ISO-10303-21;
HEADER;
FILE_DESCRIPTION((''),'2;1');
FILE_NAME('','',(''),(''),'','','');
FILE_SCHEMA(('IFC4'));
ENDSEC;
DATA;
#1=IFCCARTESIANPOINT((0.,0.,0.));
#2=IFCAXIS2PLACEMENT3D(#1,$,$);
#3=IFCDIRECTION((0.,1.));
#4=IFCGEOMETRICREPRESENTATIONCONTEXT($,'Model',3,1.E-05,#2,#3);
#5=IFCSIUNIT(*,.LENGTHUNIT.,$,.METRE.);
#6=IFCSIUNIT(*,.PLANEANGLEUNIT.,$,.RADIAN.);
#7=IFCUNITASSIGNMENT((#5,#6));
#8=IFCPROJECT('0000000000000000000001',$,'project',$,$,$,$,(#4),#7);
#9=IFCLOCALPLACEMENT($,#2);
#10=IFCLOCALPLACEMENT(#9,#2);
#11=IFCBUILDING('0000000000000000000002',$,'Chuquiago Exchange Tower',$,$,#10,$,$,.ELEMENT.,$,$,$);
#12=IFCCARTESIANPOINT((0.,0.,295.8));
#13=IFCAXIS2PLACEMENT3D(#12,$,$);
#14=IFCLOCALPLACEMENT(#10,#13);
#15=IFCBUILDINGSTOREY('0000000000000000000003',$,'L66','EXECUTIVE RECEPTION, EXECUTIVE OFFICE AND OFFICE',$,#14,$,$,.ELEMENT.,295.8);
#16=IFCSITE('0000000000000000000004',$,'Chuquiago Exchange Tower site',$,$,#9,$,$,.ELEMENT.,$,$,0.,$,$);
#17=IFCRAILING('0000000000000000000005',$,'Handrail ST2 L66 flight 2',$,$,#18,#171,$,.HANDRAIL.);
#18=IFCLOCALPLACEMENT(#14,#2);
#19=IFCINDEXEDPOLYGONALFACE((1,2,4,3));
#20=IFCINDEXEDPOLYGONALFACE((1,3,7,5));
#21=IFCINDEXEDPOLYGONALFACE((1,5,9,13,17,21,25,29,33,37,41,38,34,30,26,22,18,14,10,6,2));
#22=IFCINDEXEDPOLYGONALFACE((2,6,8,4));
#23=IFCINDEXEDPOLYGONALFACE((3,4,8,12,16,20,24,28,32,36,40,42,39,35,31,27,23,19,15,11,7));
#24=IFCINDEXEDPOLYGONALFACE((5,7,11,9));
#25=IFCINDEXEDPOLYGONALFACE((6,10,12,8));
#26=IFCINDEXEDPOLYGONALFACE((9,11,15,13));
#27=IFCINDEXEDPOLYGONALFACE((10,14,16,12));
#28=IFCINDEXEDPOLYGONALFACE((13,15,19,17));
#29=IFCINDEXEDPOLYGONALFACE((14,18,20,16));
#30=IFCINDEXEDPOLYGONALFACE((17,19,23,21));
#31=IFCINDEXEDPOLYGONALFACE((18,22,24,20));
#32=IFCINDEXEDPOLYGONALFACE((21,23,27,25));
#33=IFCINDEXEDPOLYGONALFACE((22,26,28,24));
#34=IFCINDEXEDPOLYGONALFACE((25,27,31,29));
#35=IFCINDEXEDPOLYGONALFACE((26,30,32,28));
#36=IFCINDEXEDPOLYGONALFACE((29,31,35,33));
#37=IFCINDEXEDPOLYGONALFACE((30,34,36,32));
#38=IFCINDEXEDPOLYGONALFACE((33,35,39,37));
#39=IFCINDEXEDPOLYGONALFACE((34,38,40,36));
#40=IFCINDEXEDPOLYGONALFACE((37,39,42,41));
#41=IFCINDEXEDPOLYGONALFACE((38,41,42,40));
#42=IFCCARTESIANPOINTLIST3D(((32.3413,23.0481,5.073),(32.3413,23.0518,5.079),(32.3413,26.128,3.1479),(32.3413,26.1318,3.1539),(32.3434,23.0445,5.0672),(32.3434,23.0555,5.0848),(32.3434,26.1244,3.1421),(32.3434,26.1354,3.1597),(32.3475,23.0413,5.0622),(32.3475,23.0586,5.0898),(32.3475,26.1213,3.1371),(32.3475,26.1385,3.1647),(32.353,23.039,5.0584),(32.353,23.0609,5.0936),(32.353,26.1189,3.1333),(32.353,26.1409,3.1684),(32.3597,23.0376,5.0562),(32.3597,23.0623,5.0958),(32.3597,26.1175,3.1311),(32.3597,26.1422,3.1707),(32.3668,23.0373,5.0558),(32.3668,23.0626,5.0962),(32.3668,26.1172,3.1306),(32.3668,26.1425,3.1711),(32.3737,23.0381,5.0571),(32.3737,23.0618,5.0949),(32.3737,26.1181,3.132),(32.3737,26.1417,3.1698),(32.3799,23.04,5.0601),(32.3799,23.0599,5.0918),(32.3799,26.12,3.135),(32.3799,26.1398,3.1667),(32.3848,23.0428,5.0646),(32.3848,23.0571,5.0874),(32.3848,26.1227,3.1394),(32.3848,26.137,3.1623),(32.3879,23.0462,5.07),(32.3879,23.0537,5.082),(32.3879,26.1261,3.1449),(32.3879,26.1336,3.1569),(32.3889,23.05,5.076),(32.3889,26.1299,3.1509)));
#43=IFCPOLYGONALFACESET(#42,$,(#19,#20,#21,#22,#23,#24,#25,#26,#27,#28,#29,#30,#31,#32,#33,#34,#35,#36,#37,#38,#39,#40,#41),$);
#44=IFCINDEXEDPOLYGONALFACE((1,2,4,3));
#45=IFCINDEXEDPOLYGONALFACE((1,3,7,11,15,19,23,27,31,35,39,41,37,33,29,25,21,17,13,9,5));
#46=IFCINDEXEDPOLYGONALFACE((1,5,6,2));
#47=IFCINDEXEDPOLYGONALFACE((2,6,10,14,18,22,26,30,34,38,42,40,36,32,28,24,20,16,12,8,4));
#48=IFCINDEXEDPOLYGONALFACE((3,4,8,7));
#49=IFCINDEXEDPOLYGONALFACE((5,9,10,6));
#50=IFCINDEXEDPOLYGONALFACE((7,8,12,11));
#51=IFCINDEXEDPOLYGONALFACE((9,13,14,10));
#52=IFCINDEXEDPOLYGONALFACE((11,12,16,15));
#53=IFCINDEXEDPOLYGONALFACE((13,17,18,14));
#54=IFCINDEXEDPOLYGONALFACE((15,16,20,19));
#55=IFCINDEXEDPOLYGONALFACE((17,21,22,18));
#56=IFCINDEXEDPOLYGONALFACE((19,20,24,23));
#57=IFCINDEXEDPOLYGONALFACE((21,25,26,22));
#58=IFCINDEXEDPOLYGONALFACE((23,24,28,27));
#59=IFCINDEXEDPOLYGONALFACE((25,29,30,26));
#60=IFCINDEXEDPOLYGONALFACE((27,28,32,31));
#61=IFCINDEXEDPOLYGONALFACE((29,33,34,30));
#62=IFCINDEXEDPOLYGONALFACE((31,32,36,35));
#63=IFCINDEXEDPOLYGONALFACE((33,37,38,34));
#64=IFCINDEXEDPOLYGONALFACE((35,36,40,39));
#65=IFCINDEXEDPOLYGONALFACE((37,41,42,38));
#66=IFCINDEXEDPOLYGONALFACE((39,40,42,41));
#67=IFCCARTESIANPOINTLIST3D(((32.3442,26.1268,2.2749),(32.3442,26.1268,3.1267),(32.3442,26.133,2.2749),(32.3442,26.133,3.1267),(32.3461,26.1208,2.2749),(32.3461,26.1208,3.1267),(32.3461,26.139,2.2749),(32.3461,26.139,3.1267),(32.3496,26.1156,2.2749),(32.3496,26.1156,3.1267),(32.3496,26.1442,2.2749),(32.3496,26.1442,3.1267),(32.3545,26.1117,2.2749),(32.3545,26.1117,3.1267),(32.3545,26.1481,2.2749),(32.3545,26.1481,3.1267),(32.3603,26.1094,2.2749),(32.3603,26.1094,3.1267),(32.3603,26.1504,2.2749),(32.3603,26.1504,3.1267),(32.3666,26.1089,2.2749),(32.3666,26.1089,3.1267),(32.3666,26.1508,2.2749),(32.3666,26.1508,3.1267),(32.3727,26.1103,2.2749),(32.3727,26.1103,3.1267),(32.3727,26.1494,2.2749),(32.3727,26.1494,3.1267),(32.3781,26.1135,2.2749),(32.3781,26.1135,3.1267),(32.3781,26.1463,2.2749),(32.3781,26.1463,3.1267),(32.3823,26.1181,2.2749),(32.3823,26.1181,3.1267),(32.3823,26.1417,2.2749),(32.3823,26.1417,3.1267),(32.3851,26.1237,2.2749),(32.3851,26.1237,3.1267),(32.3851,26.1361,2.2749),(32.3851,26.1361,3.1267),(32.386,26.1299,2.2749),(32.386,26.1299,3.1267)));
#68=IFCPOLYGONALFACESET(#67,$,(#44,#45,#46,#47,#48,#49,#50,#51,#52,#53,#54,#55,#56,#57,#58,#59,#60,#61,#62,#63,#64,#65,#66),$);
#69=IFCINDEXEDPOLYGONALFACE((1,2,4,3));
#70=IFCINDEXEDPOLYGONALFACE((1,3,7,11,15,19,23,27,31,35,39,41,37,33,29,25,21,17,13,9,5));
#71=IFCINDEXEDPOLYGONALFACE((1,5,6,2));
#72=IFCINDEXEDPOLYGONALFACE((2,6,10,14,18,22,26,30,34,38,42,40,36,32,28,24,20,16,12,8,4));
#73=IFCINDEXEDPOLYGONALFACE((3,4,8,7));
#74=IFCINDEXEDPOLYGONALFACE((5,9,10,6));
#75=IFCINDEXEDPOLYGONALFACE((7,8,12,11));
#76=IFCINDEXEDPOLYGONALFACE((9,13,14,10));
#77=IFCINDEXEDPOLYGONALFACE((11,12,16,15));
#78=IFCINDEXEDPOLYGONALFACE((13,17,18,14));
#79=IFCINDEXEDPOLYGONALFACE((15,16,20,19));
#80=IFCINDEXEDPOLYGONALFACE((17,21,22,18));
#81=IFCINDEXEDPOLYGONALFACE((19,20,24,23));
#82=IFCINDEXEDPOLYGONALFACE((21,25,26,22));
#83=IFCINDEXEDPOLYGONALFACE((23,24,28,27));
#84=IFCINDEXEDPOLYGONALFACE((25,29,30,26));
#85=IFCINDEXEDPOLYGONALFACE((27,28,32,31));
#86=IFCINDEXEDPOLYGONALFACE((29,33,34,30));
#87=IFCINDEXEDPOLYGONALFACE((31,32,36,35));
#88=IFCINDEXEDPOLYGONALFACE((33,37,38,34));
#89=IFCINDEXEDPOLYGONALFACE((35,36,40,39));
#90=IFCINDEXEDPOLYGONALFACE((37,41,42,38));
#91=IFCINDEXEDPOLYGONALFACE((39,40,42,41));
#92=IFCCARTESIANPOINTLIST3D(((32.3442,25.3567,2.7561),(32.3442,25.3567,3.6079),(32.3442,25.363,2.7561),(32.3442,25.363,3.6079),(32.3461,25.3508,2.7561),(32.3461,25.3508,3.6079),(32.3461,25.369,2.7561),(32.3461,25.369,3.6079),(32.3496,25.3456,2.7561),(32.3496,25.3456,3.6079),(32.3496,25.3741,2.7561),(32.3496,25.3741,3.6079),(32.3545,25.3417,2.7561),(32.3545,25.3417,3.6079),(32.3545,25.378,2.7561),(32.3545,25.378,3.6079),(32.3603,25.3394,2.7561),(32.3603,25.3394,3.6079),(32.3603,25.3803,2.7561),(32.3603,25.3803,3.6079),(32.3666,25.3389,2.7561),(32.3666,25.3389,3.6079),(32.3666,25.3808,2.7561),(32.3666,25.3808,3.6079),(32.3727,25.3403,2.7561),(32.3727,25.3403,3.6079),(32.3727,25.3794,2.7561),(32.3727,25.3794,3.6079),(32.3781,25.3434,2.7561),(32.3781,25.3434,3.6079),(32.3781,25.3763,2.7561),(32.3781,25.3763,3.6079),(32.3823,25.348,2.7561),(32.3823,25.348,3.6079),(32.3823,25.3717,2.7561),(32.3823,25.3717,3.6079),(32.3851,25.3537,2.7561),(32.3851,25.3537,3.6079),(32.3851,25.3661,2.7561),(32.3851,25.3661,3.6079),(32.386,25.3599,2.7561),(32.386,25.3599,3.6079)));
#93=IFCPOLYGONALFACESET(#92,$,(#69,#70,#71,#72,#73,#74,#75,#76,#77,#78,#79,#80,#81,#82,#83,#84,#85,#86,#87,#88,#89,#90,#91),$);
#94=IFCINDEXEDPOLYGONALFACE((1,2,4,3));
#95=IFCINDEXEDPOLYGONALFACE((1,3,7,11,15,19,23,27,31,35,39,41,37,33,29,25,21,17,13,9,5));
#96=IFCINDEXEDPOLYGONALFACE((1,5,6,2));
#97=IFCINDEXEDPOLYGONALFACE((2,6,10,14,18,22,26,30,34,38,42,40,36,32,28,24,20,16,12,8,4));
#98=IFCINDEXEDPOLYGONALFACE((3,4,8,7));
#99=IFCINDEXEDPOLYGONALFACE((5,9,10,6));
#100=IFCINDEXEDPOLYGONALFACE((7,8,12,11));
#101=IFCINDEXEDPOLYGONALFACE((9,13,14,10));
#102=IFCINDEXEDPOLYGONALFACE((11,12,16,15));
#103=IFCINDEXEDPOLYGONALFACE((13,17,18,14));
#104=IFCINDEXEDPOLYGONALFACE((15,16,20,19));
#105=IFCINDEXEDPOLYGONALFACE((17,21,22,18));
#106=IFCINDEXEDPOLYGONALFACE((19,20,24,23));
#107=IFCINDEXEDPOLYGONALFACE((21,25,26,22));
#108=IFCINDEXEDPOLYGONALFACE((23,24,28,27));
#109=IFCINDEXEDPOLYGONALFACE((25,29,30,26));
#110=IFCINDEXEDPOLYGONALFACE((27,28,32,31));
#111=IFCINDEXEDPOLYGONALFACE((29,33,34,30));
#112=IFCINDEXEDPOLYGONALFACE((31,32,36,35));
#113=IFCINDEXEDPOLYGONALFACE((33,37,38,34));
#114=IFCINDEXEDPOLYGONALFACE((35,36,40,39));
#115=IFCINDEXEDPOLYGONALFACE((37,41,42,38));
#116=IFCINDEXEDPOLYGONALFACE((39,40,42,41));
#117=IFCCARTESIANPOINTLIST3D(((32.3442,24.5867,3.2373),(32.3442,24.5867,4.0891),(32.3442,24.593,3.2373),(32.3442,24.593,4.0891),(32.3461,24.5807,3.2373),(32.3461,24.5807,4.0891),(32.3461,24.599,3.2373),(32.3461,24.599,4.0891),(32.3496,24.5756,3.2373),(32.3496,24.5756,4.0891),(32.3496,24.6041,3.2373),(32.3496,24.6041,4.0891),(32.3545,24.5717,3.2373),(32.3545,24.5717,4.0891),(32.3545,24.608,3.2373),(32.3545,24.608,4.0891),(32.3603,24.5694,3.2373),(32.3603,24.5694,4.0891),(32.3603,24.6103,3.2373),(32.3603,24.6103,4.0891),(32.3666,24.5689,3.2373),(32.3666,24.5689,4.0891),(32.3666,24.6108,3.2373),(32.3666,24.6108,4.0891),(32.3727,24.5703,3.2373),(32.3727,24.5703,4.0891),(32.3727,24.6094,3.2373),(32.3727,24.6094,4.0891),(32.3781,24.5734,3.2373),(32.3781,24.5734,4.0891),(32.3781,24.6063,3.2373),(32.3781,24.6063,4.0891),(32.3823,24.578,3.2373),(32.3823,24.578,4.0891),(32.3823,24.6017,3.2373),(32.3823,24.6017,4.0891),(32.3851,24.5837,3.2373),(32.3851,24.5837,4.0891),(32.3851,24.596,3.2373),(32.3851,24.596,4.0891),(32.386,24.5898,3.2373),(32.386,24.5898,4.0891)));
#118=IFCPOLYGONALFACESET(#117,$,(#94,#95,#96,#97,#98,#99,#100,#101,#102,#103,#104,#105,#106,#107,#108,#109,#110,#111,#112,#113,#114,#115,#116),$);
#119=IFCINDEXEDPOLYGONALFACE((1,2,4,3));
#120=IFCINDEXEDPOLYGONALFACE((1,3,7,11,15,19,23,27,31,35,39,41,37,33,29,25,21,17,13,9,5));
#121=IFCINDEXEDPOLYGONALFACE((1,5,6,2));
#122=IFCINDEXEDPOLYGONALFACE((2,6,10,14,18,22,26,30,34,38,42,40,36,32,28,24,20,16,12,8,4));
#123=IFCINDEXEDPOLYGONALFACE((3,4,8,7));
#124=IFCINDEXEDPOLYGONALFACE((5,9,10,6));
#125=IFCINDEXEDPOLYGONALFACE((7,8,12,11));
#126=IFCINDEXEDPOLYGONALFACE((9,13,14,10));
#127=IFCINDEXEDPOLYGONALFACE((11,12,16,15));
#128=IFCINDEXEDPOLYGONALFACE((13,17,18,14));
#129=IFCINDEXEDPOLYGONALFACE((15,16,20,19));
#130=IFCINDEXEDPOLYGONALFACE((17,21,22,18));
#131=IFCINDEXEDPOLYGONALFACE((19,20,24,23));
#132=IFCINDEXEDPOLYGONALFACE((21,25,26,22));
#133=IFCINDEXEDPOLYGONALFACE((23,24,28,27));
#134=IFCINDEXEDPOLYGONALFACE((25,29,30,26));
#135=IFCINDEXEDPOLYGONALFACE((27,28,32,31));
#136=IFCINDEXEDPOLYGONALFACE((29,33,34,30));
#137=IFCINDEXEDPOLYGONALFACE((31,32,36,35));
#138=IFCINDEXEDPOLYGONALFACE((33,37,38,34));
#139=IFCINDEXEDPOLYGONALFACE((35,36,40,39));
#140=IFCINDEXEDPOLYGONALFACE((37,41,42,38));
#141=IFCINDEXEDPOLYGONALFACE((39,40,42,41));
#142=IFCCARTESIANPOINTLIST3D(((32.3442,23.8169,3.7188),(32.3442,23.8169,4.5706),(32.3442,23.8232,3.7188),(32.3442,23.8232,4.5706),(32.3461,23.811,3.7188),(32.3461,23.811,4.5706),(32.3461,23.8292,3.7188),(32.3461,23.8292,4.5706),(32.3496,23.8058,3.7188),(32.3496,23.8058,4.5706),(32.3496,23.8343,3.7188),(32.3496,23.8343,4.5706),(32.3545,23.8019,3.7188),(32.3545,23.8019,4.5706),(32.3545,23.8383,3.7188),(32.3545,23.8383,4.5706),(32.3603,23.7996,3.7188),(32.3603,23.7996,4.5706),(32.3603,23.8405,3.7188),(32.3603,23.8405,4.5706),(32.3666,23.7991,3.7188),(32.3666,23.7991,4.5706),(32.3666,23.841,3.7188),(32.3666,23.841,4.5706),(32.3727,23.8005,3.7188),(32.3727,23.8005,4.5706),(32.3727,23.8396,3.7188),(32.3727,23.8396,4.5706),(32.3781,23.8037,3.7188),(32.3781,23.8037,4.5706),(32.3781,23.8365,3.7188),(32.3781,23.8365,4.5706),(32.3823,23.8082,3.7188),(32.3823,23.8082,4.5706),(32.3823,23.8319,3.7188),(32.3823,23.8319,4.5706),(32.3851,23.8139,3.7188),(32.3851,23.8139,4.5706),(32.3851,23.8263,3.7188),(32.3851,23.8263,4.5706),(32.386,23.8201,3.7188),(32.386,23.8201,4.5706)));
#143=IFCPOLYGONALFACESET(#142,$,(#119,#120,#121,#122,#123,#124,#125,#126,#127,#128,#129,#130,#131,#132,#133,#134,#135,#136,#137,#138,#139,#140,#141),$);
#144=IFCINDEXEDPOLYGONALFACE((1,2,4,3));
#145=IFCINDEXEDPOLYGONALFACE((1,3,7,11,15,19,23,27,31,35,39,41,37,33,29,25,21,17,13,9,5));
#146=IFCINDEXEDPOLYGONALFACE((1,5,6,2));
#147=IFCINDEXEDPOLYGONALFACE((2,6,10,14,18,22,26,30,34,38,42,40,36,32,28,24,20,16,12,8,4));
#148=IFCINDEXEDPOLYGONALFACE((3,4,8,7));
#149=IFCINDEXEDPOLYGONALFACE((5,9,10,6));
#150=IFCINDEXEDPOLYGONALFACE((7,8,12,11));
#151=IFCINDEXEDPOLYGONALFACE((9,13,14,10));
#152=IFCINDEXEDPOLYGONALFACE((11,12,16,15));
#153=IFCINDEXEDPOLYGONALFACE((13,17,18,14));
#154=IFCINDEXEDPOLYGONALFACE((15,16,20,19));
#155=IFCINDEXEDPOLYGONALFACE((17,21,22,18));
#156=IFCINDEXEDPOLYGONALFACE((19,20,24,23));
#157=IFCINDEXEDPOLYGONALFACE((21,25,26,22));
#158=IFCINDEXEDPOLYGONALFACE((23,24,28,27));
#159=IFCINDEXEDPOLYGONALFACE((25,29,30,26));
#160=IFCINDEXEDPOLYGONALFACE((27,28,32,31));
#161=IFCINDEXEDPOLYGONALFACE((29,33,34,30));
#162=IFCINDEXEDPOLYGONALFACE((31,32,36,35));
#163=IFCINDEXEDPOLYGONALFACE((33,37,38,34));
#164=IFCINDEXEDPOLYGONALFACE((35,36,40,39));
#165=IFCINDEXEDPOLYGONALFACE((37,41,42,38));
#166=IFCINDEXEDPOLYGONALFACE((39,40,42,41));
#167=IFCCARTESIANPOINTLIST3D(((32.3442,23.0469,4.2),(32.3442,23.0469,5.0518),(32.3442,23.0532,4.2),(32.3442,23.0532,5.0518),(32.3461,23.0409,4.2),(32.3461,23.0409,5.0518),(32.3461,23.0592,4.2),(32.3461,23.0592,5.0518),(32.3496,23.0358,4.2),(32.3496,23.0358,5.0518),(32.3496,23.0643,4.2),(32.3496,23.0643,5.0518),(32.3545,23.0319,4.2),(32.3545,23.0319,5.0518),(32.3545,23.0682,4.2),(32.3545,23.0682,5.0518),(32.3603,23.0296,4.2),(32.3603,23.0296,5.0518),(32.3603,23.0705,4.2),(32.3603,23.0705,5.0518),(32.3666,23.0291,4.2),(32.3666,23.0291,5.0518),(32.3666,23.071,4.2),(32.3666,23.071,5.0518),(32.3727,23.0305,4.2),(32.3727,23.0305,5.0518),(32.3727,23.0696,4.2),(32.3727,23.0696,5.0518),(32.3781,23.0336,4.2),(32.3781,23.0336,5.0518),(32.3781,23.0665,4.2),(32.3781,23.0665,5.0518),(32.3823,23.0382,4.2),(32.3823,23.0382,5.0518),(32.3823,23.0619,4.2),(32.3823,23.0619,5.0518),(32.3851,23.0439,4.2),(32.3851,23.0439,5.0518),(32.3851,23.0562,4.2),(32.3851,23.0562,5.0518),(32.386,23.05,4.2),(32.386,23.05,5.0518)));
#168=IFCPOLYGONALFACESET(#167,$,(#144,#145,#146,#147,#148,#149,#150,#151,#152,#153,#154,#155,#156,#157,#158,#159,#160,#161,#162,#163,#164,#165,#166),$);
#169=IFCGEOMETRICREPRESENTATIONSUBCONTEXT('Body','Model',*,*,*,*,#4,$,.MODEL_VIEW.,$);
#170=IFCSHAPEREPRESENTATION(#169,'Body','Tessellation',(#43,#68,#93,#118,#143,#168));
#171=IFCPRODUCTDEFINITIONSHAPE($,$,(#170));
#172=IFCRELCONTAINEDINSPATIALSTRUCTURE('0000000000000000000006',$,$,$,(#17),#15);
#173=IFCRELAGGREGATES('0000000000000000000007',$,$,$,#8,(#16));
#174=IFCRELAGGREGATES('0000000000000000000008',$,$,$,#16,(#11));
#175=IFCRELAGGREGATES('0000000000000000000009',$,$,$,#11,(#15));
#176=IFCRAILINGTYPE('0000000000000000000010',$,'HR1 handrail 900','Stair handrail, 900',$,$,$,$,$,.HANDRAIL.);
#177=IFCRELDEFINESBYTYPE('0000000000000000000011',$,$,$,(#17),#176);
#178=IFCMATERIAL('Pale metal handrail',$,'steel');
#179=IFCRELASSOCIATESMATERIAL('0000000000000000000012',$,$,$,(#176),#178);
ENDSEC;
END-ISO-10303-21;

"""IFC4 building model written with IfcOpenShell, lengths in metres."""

from ifc_helpers import new_model, si_unit, direction, frame, origin, origin_2d, place, context, subcontext, project, spatial, circle, extrude, material, type_object, element, save


model = new_model("IFC4")

# Units and contexts
model_context = context("Model", 3, precision=1e-05, world=origin(), true_north=direction((0.0, 1.0)))
body_context = subcontext(model_context, "Body", "Model", "MODEL_VIEW")
ifc_project = project(units=[si_unit("LENGTHUNIT", "METRE"), si_unit("PLANEANGLEUNIT", "RADIAN")], contexts=[model_context])

# Site, building, storey
site_placement = place(None, origin())
site = spatial("IfcSite", under=ifc_project, at=site_placement, Name="Chuquiago Exchange Tower site", CompositionType="ELEMENT", RefElevation=0.0)
building_placement = place(site_placement, origin())
building = spatial("IfcBuilding", under=site, at=building_placement, Name="Chuquiago Exchange Tower", CompositionType="ELEMENT")
storey_placement = place(building_placement, frame((0.0, 0.0, 295.8)))
storey = spatial("IfcBuildingStorey", under=building, at=storey_placement, Name="L66", Description="EXECUTIVE RECEPTION, EXECUTIVE OFFICE AND OFFICE", CompositionType="ELEMENT", Elevation=295.8)

# Railing
ifc_material_1 = material(Name="Pale metal handrail", Category="steel")
railing_type_1 = type_object("IfcRailingType", Name="HR1 handrail 900", Description="Stair handrail, 900", PredefinedType="HANDRAIL", material=ifc_material_1)
for number, where, name in (
    (1, (32.365, 26.1299, 2.2749), "Handrail ST2 L66 flight 2"),
):
    element("IfcRailing", number, at=place(storey_placement, frame(where)), inside=storey, type_object=railing_type_1, Name=name, PredefinedType="HANDRAIL", context=body_context, shape_type="SweptSolid", body=[
        extrude(circle(Radius=0.0239, at=origin_2d()), frame((0.0, 0.0, 0.876), z_axis=(0.0, -0.847979, 0.530029), x_axis=(1.0, 0.0, 0.0)), (0.0, 0.0, 1.0), 3.6321),
        extrude(circle(Radius=0.021, at=origin_2d()), origin(), (0.0, 0.0, 1.0), 0.8518),
        extrude(circle(Radius=0.021, at=origin_2d()), frame((0.0, -0.77, 0.4812)), (0.0, 0.0, 1.0), 0.8518),
        extrude(circle(Radius=0.021, at=origin_2d()), frame((0.0, -1.54, 0.9624)), (0.0, 0.0, 1.0), 0.8518),
        extrude(circle(Radius=0.021, at=origin_2d()), frame((0.0, -2.3098, 1.4438)), (0.0, 0.0, 1.0), 0.8518),
        extrude(circle(Radius=0.021, at=origin_2d()), frame((0.0, -3.0798, 1.925)), (0.0, 0.0, 1.0), 0.8518),
    ])

save(model, "model.ifc")
